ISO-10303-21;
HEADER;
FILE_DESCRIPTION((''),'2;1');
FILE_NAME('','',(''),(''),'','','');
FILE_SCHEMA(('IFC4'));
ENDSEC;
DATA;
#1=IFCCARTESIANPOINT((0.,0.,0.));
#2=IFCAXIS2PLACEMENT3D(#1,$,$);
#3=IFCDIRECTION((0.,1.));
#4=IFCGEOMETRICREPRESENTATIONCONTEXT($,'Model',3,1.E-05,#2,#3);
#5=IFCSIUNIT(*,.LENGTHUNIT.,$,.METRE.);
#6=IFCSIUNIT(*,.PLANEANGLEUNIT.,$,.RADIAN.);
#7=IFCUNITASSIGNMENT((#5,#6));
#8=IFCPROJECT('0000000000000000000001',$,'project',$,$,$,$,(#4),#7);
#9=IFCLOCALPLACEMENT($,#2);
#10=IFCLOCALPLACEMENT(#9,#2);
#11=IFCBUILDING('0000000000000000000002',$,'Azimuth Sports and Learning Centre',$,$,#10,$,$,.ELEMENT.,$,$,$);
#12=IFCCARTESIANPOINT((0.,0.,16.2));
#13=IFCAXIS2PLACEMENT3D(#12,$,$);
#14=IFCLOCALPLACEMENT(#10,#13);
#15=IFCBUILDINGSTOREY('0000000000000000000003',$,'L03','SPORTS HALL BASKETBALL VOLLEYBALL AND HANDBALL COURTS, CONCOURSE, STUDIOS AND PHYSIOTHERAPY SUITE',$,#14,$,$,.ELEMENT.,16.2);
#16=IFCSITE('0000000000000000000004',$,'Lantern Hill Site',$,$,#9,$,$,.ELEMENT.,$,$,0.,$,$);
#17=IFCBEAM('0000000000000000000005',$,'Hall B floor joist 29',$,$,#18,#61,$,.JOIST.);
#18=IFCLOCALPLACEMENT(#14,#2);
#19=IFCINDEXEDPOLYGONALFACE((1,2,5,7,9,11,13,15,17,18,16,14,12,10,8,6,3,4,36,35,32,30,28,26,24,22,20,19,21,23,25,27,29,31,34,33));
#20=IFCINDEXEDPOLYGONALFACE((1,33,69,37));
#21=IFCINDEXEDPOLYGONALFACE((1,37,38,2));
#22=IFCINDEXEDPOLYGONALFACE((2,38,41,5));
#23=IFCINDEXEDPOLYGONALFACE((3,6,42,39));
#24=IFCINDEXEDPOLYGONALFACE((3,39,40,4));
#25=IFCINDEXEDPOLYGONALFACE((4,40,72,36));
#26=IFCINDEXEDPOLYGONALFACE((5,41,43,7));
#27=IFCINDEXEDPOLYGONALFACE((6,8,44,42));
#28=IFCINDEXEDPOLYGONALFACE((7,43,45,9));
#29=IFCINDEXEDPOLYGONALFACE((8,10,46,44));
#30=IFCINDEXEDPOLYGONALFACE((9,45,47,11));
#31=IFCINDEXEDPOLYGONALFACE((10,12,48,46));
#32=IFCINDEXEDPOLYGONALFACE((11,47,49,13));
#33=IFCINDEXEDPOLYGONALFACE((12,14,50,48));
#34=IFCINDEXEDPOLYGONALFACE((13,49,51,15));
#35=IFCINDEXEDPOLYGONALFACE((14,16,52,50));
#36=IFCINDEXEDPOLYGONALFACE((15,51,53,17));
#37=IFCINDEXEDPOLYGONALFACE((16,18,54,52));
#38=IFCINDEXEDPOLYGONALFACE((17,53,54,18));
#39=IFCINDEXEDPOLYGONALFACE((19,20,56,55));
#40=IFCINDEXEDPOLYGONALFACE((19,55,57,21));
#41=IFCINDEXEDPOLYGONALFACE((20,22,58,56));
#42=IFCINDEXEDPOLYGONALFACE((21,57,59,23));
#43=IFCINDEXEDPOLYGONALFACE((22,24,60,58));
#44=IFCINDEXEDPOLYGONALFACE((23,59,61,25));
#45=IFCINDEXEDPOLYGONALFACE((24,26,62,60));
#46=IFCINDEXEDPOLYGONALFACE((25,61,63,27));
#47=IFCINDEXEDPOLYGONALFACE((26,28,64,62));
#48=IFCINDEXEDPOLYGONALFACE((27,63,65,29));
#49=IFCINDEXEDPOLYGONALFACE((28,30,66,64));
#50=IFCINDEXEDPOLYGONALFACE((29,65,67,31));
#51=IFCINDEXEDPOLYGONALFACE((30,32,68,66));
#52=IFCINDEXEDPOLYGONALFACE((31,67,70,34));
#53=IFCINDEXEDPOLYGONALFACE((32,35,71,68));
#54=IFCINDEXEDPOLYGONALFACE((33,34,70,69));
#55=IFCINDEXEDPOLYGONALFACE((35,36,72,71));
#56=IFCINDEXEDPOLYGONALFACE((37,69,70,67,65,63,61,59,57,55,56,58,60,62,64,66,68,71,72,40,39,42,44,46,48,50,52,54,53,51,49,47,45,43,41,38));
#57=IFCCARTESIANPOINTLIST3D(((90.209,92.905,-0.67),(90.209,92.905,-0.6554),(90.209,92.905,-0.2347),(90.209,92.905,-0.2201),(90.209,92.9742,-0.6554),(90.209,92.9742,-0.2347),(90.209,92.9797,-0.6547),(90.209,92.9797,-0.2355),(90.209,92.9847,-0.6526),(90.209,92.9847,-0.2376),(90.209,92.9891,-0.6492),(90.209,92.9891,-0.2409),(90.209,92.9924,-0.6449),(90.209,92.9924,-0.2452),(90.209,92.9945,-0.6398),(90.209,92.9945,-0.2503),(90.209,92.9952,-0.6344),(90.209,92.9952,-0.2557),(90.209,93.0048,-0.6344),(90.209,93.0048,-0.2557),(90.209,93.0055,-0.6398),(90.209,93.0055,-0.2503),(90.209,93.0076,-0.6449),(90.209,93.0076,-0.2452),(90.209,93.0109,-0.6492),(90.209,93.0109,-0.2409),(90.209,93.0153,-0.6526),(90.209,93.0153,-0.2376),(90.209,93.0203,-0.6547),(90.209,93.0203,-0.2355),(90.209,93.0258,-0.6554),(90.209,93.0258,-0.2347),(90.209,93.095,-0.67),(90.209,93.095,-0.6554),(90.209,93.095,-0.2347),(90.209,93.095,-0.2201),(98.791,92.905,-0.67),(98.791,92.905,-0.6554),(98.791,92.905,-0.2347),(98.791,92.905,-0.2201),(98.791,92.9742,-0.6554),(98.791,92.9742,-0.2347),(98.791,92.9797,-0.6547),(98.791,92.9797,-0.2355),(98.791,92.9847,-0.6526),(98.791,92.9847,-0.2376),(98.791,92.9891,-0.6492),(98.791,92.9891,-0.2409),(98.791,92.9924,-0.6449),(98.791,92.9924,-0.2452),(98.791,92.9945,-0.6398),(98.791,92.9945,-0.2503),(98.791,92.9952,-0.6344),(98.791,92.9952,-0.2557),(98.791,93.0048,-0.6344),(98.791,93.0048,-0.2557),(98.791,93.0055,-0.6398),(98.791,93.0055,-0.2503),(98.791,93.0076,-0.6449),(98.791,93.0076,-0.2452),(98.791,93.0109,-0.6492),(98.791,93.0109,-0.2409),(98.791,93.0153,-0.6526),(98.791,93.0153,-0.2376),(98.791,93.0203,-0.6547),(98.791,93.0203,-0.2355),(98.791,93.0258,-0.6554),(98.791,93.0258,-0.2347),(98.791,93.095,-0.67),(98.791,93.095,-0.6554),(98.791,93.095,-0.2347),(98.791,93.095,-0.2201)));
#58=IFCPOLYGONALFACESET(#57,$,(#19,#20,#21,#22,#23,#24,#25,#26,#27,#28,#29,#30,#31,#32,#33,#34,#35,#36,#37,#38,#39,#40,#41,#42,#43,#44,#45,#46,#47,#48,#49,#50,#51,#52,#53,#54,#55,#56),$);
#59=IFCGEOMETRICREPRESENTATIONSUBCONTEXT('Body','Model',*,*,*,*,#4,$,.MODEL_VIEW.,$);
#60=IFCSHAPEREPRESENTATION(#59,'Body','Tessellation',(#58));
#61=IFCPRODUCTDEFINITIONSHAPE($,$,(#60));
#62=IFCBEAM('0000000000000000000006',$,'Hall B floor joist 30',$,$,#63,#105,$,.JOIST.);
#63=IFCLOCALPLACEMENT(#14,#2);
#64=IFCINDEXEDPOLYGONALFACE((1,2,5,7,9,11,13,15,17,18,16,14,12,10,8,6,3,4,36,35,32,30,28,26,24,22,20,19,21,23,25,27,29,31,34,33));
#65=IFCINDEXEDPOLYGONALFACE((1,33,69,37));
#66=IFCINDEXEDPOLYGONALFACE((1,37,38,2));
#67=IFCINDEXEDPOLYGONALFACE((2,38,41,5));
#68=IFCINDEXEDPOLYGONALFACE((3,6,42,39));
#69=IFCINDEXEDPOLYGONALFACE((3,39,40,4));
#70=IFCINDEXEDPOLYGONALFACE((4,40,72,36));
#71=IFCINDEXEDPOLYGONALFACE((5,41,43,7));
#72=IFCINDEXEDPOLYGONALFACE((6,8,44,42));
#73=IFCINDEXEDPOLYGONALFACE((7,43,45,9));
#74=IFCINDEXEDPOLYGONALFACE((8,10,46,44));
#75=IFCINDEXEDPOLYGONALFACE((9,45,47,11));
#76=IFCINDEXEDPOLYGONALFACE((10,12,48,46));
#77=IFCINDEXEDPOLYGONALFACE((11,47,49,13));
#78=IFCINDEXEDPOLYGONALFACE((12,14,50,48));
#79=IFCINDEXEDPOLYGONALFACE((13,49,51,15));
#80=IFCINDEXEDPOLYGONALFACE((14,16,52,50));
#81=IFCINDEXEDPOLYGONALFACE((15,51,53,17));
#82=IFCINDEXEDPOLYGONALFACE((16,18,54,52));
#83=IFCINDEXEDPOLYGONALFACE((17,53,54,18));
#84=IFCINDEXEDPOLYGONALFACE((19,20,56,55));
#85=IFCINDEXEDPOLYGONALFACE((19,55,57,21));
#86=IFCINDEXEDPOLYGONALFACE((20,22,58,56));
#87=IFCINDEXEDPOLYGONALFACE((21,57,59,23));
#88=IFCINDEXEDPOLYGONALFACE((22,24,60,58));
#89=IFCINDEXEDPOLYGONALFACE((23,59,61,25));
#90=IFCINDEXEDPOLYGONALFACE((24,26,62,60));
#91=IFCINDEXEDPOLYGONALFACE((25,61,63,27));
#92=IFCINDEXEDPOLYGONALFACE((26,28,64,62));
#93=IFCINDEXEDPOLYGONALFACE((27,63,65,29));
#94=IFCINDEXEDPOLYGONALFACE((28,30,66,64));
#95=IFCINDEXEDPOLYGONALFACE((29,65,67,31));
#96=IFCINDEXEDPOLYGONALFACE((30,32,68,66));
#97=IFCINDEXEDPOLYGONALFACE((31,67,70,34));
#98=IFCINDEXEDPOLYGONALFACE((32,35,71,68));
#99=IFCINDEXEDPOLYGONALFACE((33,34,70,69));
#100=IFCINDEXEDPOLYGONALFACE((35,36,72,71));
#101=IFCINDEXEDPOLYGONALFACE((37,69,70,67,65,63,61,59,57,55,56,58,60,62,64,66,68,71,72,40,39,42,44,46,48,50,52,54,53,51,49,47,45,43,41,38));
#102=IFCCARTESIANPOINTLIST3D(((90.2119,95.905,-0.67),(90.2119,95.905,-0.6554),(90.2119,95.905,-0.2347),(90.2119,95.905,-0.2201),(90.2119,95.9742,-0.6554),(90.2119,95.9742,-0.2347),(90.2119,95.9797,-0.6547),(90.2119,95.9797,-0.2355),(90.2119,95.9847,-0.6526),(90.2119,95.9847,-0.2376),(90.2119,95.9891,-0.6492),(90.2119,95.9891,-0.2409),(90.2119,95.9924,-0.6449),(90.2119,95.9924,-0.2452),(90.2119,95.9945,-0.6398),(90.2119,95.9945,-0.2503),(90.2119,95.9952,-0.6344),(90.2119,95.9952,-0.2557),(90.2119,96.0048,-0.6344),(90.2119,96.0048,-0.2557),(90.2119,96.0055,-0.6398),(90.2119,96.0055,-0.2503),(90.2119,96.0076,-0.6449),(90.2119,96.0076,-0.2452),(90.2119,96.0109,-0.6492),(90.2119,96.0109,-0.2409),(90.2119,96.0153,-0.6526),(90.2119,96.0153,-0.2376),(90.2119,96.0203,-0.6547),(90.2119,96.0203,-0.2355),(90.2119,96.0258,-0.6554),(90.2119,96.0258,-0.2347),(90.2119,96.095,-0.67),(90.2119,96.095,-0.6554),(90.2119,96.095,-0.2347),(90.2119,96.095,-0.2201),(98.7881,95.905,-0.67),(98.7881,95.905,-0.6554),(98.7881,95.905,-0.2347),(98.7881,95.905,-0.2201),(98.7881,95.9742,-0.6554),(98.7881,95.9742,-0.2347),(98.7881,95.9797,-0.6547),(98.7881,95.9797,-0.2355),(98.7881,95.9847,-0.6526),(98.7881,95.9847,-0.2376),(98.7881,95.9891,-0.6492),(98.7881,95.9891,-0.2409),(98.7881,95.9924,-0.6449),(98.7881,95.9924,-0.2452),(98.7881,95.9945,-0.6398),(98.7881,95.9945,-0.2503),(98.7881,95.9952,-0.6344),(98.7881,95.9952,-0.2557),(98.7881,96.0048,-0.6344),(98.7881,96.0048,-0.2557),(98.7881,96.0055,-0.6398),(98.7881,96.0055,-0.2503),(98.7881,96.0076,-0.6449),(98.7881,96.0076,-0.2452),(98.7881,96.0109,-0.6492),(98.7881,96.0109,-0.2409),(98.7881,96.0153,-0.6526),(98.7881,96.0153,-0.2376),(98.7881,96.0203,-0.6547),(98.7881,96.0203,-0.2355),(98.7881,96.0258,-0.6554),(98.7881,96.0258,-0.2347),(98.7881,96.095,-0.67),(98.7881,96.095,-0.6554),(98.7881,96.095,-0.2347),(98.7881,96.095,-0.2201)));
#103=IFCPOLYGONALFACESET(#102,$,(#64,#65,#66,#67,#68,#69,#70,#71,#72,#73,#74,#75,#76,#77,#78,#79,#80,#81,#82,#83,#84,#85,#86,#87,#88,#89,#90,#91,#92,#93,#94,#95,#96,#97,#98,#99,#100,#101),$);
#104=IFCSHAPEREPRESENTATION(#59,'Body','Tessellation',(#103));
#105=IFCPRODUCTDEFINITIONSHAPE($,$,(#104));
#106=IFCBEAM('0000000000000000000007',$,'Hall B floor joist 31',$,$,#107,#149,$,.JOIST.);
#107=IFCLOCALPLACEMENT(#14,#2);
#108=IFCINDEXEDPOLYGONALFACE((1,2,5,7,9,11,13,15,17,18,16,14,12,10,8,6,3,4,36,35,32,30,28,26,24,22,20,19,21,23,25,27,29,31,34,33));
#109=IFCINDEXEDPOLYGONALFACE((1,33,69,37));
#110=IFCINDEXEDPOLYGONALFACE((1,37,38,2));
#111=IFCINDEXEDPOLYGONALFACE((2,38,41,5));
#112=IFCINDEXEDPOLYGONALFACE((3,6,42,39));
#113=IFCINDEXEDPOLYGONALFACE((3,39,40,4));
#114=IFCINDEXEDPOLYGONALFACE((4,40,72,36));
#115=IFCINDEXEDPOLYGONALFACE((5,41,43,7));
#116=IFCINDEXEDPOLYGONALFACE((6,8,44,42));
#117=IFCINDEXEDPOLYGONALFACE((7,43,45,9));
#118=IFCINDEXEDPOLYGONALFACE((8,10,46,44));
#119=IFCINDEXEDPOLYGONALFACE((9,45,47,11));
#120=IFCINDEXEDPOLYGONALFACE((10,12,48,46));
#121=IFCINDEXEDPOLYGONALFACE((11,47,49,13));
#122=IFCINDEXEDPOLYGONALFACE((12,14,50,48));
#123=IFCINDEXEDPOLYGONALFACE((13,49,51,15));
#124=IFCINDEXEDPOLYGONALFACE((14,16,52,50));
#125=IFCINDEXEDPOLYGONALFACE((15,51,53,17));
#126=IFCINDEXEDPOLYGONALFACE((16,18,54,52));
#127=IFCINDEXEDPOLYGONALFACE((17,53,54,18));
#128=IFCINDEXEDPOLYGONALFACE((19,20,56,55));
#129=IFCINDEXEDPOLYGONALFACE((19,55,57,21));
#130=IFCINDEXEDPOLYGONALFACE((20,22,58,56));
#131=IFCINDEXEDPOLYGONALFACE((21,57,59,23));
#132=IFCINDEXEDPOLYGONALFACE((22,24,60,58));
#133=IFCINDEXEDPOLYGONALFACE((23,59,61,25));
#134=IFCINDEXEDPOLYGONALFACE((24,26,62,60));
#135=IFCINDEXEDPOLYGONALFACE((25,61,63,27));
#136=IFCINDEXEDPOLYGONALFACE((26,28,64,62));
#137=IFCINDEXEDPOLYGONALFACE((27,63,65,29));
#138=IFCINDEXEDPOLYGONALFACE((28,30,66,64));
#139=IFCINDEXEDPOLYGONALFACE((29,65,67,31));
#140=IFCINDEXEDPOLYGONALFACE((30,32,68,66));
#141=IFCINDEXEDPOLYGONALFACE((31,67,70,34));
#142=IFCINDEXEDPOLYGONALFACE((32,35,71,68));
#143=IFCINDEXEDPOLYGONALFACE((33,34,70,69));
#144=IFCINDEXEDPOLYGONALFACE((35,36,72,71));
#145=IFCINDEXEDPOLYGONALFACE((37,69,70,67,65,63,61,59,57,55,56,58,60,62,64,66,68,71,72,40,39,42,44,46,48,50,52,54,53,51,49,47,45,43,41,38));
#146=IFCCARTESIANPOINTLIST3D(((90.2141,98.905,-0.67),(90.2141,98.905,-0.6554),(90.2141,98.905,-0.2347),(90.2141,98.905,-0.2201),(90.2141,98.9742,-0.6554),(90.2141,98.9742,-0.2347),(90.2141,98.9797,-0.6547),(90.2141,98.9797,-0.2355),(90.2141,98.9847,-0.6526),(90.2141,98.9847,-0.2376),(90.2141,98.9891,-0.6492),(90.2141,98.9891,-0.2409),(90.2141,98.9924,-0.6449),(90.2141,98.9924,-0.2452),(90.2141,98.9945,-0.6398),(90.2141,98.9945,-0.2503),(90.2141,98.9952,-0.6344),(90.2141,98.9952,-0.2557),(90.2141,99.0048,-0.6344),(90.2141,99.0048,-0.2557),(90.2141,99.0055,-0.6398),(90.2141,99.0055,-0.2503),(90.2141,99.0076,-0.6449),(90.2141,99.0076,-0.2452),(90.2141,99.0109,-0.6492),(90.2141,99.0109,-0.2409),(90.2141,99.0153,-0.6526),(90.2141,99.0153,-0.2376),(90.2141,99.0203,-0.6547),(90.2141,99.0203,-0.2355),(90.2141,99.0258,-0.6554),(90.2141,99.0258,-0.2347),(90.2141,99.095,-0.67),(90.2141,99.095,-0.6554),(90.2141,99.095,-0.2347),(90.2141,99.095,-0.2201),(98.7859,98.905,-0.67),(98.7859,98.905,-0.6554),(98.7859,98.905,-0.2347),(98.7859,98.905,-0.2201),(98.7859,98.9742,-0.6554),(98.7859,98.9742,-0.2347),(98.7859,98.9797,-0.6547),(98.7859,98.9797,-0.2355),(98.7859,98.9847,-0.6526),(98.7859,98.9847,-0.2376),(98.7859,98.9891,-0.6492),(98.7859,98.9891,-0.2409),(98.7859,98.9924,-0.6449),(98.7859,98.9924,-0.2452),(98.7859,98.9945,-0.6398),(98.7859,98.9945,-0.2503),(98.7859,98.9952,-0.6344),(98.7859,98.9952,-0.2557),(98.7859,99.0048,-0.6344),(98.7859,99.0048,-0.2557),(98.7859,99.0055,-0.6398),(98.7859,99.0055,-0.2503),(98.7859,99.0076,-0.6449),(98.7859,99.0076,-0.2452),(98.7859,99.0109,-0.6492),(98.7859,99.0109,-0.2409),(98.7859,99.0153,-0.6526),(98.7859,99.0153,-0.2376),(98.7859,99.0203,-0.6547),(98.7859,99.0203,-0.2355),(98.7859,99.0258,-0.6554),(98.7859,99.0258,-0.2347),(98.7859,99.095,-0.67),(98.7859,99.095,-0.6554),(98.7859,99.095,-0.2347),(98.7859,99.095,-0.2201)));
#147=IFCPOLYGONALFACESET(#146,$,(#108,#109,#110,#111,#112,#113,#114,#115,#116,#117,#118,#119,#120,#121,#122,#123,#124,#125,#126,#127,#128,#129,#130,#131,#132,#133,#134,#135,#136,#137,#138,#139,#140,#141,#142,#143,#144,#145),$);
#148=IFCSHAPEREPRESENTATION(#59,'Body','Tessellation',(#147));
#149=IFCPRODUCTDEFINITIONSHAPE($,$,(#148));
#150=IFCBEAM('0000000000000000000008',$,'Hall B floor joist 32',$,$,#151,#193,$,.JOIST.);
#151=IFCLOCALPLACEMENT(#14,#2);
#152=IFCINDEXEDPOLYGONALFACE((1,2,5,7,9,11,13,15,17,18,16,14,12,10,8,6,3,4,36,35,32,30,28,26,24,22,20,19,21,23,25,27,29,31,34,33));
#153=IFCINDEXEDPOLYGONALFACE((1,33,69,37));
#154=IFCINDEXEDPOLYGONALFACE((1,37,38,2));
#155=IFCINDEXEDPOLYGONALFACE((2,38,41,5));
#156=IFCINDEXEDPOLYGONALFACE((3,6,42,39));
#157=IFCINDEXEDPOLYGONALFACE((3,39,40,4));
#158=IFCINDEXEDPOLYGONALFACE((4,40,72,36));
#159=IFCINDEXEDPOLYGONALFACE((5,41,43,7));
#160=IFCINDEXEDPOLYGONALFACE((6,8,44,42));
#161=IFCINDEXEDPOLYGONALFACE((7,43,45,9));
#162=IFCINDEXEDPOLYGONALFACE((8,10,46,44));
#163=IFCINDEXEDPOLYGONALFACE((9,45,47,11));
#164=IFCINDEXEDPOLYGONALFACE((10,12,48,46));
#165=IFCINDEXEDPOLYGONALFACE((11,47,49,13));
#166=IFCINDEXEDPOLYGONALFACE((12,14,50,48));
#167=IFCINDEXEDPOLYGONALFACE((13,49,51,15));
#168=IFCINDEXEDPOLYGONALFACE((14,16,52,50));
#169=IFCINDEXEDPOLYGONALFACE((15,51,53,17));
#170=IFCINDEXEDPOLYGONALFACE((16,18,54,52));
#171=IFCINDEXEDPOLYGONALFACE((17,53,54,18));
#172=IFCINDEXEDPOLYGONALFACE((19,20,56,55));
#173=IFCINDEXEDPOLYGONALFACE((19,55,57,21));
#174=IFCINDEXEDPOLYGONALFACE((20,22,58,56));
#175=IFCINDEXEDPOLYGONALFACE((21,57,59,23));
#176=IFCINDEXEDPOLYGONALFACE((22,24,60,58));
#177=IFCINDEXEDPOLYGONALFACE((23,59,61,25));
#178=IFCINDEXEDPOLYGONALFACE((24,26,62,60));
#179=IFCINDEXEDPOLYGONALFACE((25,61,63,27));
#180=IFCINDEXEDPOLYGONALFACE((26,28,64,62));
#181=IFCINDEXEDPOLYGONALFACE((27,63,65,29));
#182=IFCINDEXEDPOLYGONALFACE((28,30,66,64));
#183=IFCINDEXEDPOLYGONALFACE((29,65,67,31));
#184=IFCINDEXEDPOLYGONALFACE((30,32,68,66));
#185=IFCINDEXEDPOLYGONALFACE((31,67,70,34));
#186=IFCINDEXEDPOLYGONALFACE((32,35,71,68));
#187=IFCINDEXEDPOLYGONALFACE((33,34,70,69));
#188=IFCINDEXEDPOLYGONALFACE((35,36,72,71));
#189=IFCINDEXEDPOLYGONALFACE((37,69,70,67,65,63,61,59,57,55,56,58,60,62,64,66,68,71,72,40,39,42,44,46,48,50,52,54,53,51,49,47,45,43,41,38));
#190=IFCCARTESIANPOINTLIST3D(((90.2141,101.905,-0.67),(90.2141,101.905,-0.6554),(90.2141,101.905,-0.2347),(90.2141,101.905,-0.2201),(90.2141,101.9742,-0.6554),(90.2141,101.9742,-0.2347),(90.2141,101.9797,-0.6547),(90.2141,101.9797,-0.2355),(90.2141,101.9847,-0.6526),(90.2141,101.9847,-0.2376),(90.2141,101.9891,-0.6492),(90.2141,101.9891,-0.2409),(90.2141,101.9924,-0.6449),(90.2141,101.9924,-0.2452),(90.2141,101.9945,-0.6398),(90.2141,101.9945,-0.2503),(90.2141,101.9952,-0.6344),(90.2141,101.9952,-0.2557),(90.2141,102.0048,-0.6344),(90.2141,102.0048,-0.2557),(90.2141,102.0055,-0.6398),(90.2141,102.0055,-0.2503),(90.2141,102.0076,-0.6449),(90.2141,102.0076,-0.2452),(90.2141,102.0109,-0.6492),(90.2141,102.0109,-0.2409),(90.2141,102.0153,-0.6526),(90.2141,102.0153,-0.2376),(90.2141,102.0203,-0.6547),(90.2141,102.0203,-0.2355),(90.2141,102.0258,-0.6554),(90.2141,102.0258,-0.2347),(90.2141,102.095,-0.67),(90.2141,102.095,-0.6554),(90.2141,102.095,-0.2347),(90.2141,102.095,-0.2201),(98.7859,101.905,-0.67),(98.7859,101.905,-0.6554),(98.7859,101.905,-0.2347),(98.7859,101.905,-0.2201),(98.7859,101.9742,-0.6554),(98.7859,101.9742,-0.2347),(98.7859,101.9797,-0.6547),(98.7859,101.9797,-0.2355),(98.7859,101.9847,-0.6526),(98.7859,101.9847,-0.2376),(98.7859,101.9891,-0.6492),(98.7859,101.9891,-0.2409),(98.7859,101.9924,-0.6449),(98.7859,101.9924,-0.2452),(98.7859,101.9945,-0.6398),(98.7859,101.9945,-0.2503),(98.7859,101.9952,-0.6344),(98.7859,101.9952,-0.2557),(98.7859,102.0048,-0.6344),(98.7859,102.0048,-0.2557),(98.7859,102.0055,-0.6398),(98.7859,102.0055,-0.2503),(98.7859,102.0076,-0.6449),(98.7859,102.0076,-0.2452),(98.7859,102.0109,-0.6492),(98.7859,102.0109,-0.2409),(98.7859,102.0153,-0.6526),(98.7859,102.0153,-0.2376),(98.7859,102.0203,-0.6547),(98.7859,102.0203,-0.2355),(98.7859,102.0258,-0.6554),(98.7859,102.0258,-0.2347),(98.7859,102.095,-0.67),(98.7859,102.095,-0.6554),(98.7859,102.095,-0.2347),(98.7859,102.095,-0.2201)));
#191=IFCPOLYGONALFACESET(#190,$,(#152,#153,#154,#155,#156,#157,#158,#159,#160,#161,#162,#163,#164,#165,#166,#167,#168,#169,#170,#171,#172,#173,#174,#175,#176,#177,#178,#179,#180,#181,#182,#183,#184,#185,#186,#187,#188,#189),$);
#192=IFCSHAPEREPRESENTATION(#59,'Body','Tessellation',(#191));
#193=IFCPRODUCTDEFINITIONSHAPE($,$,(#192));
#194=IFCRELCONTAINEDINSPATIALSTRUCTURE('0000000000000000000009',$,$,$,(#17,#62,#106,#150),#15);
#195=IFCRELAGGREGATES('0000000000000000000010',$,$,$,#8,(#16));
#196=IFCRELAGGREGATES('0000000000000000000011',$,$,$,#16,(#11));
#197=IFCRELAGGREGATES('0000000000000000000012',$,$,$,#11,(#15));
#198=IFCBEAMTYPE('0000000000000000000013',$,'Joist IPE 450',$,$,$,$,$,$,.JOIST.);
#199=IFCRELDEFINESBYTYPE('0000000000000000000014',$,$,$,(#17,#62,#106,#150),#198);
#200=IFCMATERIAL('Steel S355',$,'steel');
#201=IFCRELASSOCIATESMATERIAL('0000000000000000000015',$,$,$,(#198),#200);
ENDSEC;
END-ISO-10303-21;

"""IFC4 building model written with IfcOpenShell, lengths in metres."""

from ifc_helpers import new_model, si_unit, direction, frame, origin, origin_2d, place, context, subcontext, project, spatial, i_section, extrude, material, material_profile, profile_set, type_object, element, save


model = new_model("IFC4")

# Units and contexts
model_context = context("Model", 3, precision=1e-05, world=origin(), true_north=direction((0.0, 1.0)))
body_context = subcontext(model_context, "Body", "Model", "MODEL_VIEW")
ifc_project = project(units=[si_unit("LENGTHUNIT", "METRE"), si_unit("PLANEANGLEUNIT", "RADIAN")], contexts=[model_context])

# Site, building, storey
site_placement = place(None, origin())
site = spatial("IfcSite", under=ifc_project, at=site_placement, Name="Lantern Hill Site", CompositionType="ELEMENT", RefElevation=0.0)
building_placement = place(site_placement, origin())
building = spatial("IfcBuilding", under=site, at=building_placement, Name="Azimuth Sports and Learning Centre", CompositionType="ELEMENT")
storey_placement = place(building_placement, frame((0.0, 0.0, 16.2)))
storey = spatial("IfcBuildingStorey", under=building, at=storey_placement, Name="L03", Description="SPORTS HALL BASKETBALL VOLLEYBALL AND HANDBALL COURTS, CONCOURSE, STUDIOS AND PHYSIOTHERAPY SUITE", CompositionType="ELEMENT", Elevation=16.2)

# Beams
ifc_material_1 = material(Name="Steel S355", Category="steel")
ifc_material_profile_1 = material_profile(ifc_material_1, i_section(OverallWidth=0.1899, OverallDepth=0.45, WebThickness=0.0095, FlangeThickness=0.0146, FilletRadius=0.021, at=origin_2d()), Name="IPE 450")
ifc_profile_set_1 = profile_set([ifc_material_profile_1], Name="Steel S355")
beam_type_1 = type_object("IfcBeamType", Name="Joist IPE 450", PredefinedType="JOIST", material=ifc_profile_set_1)
for number, where, z_axis, x_axis, name in (
    (1, (90.209, 93.0, -0.4451), (1.0, 0.0, 0.0), (0.0, 1.0, 0.0), "Hall B floor joist 29"),
):
    element("IfcBeam", number, at=place(storey_placement, frame(where, z_axis=z_axis, x_axis=x_axis)), inside=storey, type_object=beam_type_1, Name=name, PredefinedType="JOIST", context=body_context, shape_type="SweptSolid", body=[
        extrude(i_section(OverallWidth=0.1899, OverallDepth=0.45, WebThickness=0.0095, FlangeThickness=0.0146, FilletRadius=0.021, at=origin_2d()), origin(), (0.0, 0.0, 1.0), 8.582),
    ])
beam_1_placement = place(storey_placement, frame((90.2119, 96.0, -0.4451), z_axis=(1.0, 0.0, 0.0), x_axis=(0.0, 1.0, 0.0)))
element("IfcBeam", 2, at=beam_1_placement, inside=storey, type_object=beam_type_1, Name="Hall B floor joist 30", PredefinedType="JOIST", context=body_context, shape_type="SweptSolid", body=[
    extrude(i_section(OverallWidth=0.1899, OverallDepth=0.45, WebThickness=0.0095, FlangeThickness=0.0146, FilletRadius=0.021, at=origin_2d()), origin(), (0.0, 0.0, 1.0), 8.5762),
])
for number, where, z_axis, x_axis, name in (
    (3, (90.2141, 99.0, -0.4451), (1.0, 0.0, 0.0), (0.0, 1.0, 0.0), "Hall B floor joist 31"),
    (4, (90.2141, 102.0, -0.4451), (1.0, 0.0, 0.0), (0.0, 1.0, 0.0), "Hall B floor joist 32"),
):
    element("IfcBeam", number, at=place(storey_placement, frame(where, z_axis=z_axis, x_axis=x_axis)), inside=storey, type_object=beam_type_1, Name=name, PredefinedType="JOIST", context=body_context, shape_type="SweptSolid", body=[
        extrude(i_section(OverallWidth=0.1899, OverallDepth=0.45, WebThickness=0.0095, FlangeThickness=0.0146, FilletRadius=0.021, at=origin_2d()), origin(), (0.0, 0.0, 1.0), 8.5718),
    ])

save(model, "model.ifc")
